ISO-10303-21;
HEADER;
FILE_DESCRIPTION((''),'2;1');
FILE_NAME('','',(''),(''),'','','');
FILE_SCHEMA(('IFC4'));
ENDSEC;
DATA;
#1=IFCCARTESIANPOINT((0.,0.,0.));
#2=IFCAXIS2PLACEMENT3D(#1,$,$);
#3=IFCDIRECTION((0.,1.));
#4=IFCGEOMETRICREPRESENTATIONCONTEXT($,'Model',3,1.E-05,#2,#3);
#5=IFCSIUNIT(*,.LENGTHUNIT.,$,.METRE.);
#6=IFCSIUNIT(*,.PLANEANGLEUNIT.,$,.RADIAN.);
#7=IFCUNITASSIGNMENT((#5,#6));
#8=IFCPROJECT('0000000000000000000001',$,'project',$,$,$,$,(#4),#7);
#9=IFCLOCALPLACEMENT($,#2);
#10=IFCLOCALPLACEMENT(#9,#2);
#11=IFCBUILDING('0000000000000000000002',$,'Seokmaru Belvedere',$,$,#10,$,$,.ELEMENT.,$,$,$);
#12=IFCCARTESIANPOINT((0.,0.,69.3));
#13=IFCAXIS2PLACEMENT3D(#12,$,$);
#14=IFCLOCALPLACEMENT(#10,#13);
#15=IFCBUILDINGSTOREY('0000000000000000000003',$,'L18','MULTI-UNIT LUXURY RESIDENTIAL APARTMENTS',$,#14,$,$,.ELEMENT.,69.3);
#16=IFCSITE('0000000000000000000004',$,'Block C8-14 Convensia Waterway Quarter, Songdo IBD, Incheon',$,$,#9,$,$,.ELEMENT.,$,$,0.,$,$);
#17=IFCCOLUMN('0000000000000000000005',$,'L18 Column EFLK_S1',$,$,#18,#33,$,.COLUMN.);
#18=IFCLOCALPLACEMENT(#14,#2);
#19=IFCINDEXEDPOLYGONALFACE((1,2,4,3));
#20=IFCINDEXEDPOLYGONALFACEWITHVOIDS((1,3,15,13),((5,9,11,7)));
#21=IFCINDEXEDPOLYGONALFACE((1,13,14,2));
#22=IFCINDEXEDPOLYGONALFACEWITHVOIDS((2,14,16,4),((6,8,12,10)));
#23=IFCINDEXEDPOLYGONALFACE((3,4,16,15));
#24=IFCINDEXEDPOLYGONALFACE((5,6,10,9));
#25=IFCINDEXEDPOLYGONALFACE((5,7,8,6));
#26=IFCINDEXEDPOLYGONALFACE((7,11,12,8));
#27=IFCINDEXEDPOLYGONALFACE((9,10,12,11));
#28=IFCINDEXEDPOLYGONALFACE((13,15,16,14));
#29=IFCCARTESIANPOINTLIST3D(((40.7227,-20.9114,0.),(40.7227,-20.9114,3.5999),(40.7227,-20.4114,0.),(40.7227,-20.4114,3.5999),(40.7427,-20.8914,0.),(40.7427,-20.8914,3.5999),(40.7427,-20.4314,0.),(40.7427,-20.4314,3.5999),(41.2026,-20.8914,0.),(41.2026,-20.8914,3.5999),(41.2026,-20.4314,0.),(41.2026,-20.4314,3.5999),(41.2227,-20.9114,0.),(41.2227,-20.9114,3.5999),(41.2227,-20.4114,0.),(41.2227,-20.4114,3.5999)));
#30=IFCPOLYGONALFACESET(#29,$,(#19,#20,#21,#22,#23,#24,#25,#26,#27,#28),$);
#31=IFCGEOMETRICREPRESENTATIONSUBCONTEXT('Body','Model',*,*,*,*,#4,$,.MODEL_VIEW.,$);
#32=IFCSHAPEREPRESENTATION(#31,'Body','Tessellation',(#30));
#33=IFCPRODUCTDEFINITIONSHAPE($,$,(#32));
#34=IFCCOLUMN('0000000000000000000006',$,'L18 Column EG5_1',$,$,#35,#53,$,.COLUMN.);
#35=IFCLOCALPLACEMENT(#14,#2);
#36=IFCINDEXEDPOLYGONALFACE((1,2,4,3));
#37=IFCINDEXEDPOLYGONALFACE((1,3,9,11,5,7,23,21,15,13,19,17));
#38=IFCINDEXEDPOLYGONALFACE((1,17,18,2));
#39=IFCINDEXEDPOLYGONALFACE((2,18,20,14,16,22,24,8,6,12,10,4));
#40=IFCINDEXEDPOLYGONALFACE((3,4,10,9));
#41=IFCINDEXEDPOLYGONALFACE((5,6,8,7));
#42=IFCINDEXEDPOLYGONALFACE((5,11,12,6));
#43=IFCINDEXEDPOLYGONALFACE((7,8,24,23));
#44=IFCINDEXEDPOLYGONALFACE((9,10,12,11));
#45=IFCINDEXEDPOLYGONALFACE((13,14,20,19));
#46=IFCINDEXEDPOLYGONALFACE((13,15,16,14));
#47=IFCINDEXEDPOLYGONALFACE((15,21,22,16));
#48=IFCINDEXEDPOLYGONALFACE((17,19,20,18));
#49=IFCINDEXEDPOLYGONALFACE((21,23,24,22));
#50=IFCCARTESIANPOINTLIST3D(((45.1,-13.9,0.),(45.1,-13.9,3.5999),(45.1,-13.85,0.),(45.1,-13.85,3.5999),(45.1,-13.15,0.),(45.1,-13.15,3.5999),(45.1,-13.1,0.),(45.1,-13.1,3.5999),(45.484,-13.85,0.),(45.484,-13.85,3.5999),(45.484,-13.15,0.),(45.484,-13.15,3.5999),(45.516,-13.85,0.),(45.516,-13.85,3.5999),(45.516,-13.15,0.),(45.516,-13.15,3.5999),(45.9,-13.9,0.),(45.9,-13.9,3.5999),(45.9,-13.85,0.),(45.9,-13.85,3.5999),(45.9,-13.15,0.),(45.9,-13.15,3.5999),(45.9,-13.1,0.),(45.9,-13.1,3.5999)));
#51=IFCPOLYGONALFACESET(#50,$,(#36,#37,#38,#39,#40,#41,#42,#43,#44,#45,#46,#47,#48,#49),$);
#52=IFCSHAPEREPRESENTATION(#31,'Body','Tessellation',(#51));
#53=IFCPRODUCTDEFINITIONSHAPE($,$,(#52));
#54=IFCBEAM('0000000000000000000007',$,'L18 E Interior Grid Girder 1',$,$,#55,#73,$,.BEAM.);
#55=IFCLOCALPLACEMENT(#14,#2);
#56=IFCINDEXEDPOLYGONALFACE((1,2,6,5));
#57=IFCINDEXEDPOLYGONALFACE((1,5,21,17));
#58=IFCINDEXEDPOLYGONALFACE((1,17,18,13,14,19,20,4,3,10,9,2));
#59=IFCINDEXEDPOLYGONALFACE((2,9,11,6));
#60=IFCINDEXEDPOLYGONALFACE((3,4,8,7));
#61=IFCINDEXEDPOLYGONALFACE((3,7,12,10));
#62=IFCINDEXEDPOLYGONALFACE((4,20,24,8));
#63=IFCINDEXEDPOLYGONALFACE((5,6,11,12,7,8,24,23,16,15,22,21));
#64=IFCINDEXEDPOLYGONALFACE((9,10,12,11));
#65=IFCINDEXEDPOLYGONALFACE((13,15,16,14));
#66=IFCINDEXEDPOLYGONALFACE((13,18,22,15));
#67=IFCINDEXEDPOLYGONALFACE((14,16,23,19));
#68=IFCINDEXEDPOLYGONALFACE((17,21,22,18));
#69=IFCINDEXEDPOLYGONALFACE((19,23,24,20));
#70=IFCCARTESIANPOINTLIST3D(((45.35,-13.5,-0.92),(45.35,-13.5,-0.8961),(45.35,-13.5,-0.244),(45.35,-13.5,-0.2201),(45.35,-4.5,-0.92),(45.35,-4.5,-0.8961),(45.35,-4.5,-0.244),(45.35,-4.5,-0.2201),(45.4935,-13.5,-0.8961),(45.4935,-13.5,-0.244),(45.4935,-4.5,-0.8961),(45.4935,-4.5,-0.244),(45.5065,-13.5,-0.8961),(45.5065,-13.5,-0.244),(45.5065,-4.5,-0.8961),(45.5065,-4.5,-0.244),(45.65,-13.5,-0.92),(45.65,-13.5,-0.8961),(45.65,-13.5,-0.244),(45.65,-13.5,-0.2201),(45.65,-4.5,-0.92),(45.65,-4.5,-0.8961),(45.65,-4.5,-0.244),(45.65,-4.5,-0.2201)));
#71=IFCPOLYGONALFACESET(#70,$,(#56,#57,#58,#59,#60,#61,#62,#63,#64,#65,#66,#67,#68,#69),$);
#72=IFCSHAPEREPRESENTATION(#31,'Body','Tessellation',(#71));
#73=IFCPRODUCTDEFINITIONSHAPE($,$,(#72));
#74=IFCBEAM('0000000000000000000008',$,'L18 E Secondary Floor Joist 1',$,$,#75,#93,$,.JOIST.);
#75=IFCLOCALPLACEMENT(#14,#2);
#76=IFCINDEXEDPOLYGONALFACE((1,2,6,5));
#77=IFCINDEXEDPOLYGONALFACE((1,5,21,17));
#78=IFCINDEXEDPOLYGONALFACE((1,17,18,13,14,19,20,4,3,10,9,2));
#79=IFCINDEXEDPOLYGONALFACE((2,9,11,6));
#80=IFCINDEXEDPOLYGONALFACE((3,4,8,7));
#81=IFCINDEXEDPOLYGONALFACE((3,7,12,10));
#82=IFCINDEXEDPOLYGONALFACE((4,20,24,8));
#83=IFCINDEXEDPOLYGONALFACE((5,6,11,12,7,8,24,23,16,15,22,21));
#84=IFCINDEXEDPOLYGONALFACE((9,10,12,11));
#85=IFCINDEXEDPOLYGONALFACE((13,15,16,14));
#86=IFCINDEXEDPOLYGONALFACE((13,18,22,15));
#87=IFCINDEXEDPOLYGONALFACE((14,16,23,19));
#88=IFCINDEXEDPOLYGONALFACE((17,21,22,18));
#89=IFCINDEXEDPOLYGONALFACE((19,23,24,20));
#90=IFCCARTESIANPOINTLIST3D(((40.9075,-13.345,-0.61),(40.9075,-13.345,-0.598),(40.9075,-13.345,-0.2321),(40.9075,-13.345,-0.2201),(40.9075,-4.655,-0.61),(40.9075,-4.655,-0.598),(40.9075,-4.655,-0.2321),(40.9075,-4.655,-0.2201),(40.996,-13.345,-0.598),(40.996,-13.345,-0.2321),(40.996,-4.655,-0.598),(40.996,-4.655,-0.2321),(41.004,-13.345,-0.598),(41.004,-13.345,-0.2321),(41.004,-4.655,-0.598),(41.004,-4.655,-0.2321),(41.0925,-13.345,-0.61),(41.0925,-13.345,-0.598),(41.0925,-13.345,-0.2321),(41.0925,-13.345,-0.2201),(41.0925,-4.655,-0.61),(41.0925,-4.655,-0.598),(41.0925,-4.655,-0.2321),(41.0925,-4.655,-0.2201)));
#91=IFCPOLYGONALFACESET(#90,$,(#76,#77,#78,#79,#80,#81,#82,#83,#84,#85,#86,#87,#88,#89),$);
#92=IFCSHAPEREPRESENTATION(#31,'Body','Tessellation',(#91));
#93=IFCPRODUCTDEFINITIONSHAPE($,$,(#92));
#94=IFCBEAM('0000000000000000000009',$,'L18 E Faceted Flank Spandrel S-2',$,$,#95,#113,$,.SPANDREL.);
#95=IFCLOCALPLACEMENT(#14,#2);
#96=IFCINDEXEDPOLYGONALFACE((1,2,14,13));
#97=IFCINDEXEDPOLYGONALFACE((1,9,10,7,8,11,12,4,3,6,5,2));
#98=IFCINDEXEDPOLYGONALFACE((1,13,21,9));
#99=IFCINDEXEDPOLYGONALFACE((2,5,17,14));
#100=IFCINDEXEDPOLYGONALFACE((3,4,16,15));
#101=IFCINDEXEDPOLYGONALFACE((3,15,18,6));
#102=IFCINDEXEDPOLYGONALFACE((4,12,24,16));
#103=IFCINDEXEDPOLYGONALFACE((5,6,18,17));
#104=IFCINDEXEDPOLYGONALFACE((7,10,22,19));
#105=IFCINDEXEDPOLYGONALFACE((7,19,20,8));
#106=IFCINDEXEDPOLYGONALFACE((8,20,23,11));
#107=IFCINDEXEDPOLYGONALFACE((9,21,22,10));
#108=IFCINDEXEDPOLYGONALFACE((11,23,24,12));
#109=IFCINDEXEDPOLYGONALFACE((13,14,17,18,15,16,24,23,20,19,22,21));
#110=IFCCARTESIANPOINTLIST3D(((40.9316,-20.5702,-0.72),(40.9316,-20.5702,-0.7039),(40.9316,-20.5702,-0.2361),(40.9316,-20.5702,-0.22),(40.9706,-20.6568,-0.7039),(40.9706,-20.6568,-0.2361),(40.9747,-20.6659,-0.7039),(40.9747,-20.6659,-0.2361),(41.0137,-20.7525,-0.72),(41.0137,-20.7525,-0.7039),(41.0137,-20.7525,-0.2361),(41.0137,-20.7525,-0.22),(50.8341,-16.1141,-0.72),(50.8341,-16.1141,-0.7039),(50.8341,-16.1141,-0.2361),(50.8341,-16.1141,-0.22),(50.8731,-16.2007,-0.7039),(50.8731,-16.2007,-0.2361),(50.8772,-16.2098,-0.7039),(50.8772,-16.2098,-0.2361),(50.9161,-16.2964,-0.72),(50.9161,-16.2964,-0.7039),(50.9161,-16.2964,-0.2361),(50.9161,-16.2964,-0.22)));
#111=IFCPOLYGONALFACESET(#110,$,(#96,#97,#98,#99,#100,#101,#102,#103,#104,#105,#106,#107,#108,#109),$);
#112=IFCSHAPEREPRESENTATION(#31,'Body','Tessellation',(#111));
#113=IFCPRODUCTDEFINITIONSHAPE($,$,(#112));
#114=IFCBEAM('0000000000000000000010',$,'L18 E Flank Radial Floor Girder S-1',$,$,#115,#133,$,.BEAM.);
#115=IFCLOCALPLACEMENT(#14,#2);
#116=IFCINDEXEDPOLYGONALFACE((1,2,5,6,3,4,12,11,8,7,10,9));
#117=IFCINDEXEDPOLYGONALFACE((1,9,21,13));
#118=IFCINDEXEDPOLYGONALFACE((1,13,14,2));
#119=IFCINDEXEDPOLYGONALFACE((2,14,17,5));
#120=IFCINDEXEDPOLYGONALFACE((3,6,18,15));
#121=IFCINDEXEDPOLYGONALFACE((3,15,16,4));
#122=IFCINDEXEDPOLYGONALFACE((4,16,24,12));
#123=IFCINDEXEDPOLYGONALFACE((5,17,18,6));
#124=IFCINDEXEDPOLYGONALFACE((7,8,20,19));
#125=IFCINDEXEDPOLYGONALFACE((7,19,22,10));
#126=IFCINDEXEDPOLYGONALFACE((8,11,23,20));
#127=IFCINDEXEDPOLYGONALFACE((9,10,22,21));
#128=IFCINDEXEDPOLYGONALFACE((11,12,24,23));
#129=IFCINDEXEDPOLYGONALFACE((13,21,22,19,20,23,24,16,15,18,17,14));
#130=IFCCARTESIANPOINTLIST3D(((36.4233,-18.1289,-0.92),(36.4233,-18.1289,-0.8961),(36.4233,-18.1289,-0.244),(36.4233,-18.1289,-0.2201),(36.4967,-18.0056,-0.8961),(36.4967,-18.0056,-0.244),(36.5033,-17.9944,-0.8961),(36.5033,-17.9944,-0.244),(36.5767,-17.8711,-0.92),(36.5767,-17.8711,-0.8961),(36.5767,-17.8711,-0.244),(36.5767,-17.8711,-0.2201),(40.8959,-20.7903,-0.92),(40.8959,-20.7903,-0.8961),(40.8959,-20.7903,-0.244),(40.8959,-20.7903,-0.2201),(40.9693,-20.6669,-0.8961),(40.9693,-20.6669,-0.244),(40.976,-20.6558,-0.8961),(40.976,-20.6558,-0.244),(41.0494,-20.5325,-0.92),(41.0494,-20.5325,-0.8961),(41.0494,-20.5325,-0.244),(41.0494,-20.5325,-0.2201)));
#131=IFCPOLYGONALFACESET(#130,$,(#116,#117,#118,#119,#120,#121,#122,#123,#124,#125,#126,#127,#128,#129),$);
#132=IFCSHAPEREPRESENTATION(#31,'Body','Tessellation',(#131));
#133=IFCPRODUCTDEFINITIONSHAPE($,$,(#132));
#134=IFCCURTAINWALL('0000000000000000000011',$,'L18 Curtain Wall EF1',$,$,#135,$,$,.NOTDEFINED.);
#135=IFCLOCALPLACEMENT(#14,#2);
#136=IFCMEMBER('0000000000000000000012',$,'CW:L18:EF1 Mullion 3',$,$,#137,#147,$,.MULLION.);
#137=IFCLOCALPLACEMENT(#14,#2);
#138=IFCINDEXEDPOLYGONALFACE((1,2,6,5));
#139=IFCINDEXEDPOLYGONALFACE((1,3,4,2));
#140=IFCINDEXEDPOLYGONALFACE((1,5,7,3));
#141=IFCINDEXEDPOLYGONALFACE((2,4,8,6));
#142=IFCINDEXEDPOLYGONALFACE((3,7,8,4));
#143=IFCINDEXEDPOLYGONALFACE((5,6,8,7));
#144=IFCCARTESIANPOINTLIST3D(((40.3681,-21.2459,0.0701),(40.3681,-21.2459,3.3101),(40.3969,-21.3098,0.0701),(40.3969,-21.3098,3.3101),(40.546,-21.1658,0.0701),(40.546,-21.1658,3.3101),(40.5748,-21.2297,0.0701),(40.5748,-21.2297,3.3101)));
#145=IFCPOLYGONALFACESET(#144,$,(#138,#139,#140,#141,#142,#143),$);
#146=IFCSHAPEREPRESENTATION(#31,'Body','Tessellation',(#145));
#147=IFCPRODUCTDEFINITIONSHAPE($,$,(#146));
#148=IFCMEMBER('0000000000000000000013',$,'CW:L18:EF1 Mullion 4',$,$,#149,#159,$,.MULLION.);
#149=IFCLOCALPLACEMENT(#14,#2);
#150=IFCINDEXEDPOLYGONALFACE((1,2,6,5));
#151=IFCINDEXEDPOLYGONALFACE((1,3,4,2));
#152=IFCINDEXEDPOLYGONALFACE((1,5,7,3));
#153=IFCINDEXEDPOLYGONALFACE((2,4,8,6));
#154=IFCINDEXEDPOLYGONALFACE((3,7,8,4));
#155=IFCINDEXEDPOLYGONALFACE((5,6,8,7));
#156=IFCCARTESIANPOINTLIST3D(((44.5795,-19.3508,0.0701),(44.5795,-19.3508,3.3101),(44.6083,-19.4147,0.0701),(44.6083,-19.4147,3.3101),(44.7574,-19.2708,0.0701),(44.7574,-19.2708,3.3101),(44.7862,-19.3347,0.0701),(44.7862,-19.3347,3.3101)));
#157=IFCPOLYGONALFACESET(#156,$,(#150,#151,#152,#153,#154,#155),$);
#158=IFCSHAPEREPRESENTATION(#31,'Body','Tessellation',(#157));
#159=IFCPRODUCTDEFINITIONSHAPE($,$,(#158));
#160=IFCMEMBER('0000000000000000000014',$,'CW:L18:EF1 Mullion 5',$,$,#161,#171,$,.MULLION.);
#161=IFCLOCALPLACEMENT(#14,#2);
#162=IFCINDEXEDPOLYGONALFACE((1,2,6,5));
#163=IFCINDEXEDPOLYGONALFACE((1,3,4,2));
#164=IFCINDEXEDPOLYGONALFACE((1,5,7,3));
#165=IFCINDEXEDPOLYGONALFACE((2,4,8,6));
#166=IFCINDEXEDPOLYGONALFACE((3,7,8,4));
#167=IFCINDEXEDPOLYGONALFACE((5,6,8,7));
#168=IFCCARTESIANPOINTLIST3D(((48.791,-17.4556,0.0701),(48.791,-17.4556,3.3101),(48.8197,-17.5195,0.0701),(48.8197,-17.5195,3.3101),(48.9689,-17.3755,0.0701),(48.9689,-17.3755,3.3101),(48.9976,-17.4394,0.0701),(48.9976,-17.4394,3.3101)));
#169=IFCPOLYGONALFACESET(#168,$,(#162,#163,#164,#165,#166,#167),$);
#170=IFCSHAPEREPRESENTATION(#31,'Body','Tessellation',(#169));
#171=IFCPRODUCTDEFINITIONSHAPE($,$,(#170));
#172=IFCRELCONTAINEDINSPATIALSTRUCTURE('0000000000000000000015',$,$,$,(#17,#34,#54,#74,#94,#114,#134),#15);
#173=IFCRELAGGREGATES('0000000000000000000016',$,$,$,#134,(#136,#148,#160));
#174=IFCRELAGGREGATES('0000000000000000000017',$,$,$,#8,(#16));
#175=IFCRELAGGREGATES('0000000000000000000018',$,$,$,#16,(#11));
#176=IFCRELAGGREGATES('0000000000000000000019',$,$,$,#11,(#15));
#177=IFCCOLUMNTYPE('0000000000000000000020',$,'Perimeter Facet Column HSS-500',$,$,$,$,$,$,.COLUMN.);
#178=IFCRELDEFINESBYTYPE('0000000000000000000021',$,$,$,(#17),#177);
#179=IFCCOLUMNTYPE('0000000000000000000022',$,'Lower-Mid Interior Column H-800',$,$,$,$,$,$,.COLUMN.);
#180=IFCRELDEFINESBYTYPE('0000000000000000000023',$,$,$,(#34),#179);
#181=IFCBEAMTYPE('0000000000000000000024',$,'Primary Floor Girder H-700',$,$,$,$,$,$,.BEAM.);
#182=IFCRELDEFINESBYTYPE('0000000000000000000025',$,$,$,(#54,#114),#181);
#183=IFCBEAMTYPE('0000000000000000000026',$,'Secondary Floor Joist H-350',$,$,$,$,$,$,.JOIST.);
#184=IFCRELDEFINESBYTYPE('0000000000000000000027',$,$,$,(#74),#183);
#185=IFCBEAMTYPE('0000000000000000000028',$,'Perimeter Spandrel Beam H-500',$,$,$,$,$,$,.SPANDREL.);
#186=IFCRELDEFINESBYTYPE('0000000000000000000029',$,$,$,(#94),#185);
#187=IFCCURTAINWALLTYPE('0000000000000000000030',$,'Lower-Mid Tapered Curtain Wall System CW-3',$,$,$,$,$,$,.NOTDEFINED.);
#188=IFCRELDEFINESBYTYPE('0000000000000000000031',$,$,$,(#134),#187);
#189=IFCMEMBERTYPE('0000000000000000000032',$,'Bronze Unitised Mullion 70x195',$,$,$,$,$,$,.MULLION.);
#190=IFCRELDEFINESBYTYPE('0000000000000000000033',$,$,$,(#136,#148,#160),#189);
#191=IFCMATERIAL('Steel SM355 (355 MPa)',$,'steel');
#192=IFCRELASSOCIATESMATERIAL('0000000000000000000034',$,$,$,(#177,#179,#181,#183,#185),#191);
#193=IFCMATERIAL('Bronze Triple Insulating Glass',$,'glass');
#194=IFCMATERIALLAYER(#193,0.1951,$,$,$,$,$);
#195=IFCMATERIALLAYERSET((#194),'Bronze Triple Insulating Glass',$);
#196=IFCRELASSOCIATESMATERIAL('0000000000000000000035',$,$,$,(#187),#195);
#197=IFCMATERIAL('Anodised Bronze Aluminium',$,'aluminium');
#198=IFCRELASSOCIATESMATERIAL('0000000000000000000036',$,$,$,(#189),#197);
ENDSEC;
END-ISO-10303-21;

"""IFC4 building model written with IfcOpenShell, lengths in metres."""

from ifc_helpers import new_model, si_unit, direction, frame, origin, origin_2d, place, context, subcontext, project, spatial, rectangle, hollow_rectangle, i_section, extrude, source, transform, mapped, material, layer, layer_set, material_profile, profile_set, type_object, type_shapes, element, aggregate, save


model = new_model("IFC4")

# Units and contexts
model_context = context("Model", 3, precision=1e-05, world=origin(), true_north=direction((0.0, 1.0)))
body_context = subcontext(model_context, "Body", "Model", "MODEL_VIEW")
ifc_project = project(units=[si_unit("LENGTHUNIT", "METRE"), si_unit("PLANEANGLEUNIT", "RADIAN")], contexts=[model_context])

# Site, building, storey
site_placement = place(None, origin())
site = spatial("IfcSite", under=ifc_project, at=site_placement, Name="Block C8-14 Convensia Waterway Quarter, Songdo IBD, Incheon", CompositionType="ELEMENT", RefElevation=0.0)
building_placement = place(site_placement, origin())
building = spatial("IfcBuilding", under=site, at=building_placement, Name="Seokmaru Belvedere", CompositionType="ELEMENT")
storey_placement = place(building_placement, frame((0.0, 0.0, 69.3)))
storey = spatial("IfcBuildingStorey", under=building, at=storey_placement, Name="L18", Description="MULTI-UNIT LUXURY RESIDENTIAL APARTMENTS", CompositionType="ELEMENT", Elevation=69.3)

# Columns
ifc_material_1 = material(Name="Steel SM355 (355 MPa)", Category="steel")
ifc_material_profile_1 = material_profile(ifc_material_1, hollow_rectangle(XDim=0.5, YDim=0.5, WallThickness=0.02, at=origin_2d()), Name="HSS-500x500x20")
ifc_profile_set_1 = profile_set([ifc_material_profile_1], Name="Steel SM355 (355 MPa)")
column_type_1 = type_object("IfcColumnType", Name="Perimeter Facet Column HSS-500", PredefinedType="COLUMN", material=ifc_profile_set_1)
shared_shape_1 = source(origin(), body_context, "Body", "SweptSolid", [
    extrude(hollow_rectangle(XDim=0.5, YDim=0.5, WallThickness=0.02, at=origin_2d()), origin(), (0.0, 0.0, 1.0), 3.5999),
])
type_shapes(column_type_1, [shared_shape_1])
column_1_placement = place(storey_placement, frame((40.9727, -20.6614, 0.0), z_axis=(0.0, 0.0, 1.0), x_axis=(1.0, 0.0, 0.0)))
element("IfcColumn", 1, at=column_1_placement, inside=storey, type_object=column_type_1, Name="L18 Column EFLK_S1", PredefinedType="COLUMN", context=body_context, shape_type="MappedRepresentation", body=[
    mapped(shared_shape_1, transform((0.0, 0.0, 0.0), scale=1.0)),
])
ifc_material_profile_2 = material_profile(ifc_material_1, i_section(OverallWidth=0.8, OverallDepth=0.8, WebThickness=0.032, FlangeThickness=0.05, at=origin_2d()), Name="H-800x800x32x50")
ifc_profile_set_2 = profile_set([ifc_material_profile_2], Name="Steel SM355 (355 MPa)")
column_type_2 = type_object("IfcColumnType", Name="Lower-Mid Interior Column H-800", PredefinedType="COLUMN", material=ifc_profile_set_2)
shared_shape_2 = source(origin(), body_context, "Body", "SweptSolid", [
    extrude(i_section(OverallWidth=0.8, OverallDepth=0.8, WebThickness=0.032, FlangeThickness=0.05, at=origin_2d()), origin(), (0.0, 0.0, 1.0), 3.5999),
])
type_shapes(column_type_2, [shared_shape_2])
column_2_placement = place(storey_placement, frame((45.5, -13.5, 0.0), z_axis=(0.0, 0.0, 1.0), x_axis=(1.0, 0.0, 0.0)))
element("IfcColumn", 2, at=column_2_placement, inside=storey, type_object=column_type_2, Name="L18 Column EG5_1", PredefinedType="COLUMN", context=body_context, shape_type="MappedRepresentation", body=[
    mapped(shared_shape_2, transform((0.0, 0.0, 0.0), scale=1.0)),
])

# Beams
ifc_material_profile_3 = material_profile(ifc_material_1, i_section(OverallWidth=0.3, OverallDepth=0.7, WebThickness=0.0129, FlangeThickness=0.0239, at=origin_2d()), Name="H-700x300x13x24")
ifc_profile_set_3 = profile_set([ifc_material_profile_3], Name="Steel SM355 (355 MPa)")
beam_type_1 = type_object("IfcBeamType", Name="Primary Floor Girder H-700", PredefinedType="BEAM", material=ifc_profile_set_3)
shared_shape_3 = source(origin(), body_context, "Body", "SweptSolid", [
    extrude(i_section(OverallWidth=0.3, OverallDepth=0.7, WebThickness=0.0129, FlangeThickness=0.0239, at=origin_2d()), origin(), (0.0, 0.0, 1.0), 9.0),
])
beam_1_placement = place(storey_placement, frame((45.5, -13.5, -0.5701), z_axis=(0.0, 1.0, 0.0), x_axis=(-1.0, 0.0, 0.0)))
element("IfcBeam", 3, at=beam_1_placement, inside=storey, type_object=beam_type_1, Name="L18 E Interior Grid Girder 1", PredefinedType="BEAM", context=body_context, shape_type="MappedRepresentation", body=[
    mapped(shared_shape_3, transform((0.0, 0.0, 0.0), scale=1.0)),
])
ifc_material_profile_4 = material_profile(ifc_material_1, i_section(OverallWidth=0.1851, OverallDepth=0.3899, WebThickness=0.0081, FlangeThickness=0.012, at=origin_2d()), Name="H-390x185x8x12")
ifc_profile_set_4 = profile_set([ifc_material_profile_4], Name="Steel SM355 (355 MPa)")
beam_type_2 = type_object("IfcBeamType", Name="Secondary Floor Joist H-350", PredefinedType="JOIST", material=ifc_profile_set_4)
shared_shape_4 = source(origin(), body_context, "Body", "SweptSolid", [
    extrude(i_section(OverallWidth=0.1851, OverallDepth=0.3899, WebThickness=0.0081, FlangeThickness=0.012, at=origin_2d()), origin(), (0.0, 0.0, 1.0), 8.6899),
])
type_shapes(beam_type_2, [shared_shape_4])
beam_2_placement = place(storey_placement, frame((41.0, -13.345, -0.415), z_axis=(0.0, 1.0, 0.0), x_axis=(-1.0, 0.0, 0.0)))
element("IfcBeam", 4, at=beam_2_placement, inside=storey, type_object=beam_type_2, Name="L18 E Secondary Floor Joist 1", PredefinedType="JOIST", context=body_context, shape_type="MappedRepresentation", body=[
    mapped(shared_shape_4, transform((0.0, 0.0, 0.0), scale=1.0)),
])
ifc_material_profile_5 = material_profile(ifc_material_1, i_section(OverallWidth=0.2, OverallDepth=0.5, WebThickness=0.01, FlangeThickness=0.0161, at=origin_2d()), Name="H-500x200x10x16")
ifc_profile_set_5 = profile_set([ifc_material_profile_5], Name="Steel SM355 (355 MPa)")
beam_type_3 = type_object("IfcBeamType", Name="Perimeter Spandrel Beam H-500", PredefinedType="SPANDREL", material=ifc_profile_set_5)
shared_shape_5 = source(origin(), body_context, "Body", "SweptSolid", [
    extrude(i_section(OverallWidth=0.2, OverallDepth=0.5, WebThickness=0.01, FlangeThickness=0.0161, at=origin_2d()), origin(), (0.0, 0.0, 1.0), 10.8589),
])
type_shapes(beam_type_3, [shared_shape_5])
beam_3_placement = place(storey_placement, frame((40.9727, -20.6614, -0.47), z_axis=(0.911922, 0.410365, 0.0), x_axis=(-0.410365, 0.911922, 0.0)))
element("IfcBeam", 5, at=beam_3_placement, inside=storey, type_object=beam_type_3, Name="L18 E Faceted Flank Spandrel S-2", PredefinedType="SPANDREL", context=body_context, shape_type="MappedRepresentation", body=[
    mapped(shared_shape_5, transform((0.0, 0.0, 0.0), scale=1.0)),
])
shared_shape_6 = source(origin(), body_context, "Body", "SweptSolid", [
    extrude(i_section(OverallWidth=0.3, OverallDepth=0.7, WebThickness=0.0129, FlangeThickness=0.0239, at=origin_2d()), origin(), (0.0, 0.0, 1.0), 5.2046),
])
type_shapes(beam_type_1, [shared_shape_3, shared_shape_6])
beam_4_placement = place(storey_placement, frame((40.9727, -20.6614, -0.5701), z_axis=(-0.85937, 0.511354, 0.0), x_axis=(-0.511354, -0.85937, 0.0)))
element("IfcBeam", 6, at=beam_4_placement, inside=storey, type_object=beam_type_1, Name="L18 E Flank Radial Floor Girder S-1", PredefinedType="BEAM", context=body_context, shape_type="MappedRepresentation", body=[
    mapped(shared_shape_6, transform((0.0, 0.0, 0.0), scale=1.0)),
])

# Curtain wall, members
ifc_material_2 = material(Name="Bronze Triple Insulating Glass", Category="glass")
ifc_layer_1 = layer(ifc_material_2, 0.1951)
ifc_layer_set_1 = layer_set([ifc_layer_1], Name="Bronze Triple Insulating Glass")
curtain_wall_type = type_object("IfcCurtainWallType", Name="Lower-Mid Tapered Curtain Wall System CW-3", PredefinedType="NOTDEFINED", material=ifc_layer_set_1)
curtain_wall_placement = place(storey_placement, origin())
curtain_wall = element("IfcCurtainWall", 7, at=curtain_wall_placement, inside=storey, type_object=curtain_wall_type, Name="L18 Curtain Wall EF1", PredefinedType="NOTDEFINED")
ifc_material_3 = material(Name="Anodised Bronze Aluminium", Category="aluminium")
ifc_material_profile_6 = material_profile(ifc_material_3, rectangle(XDim=0.0701, YDim=0.1951, at=origin_2d()), Name="CW-M-70x195")
ifc_profile_set_6 = profile_set([ifc_material_profile_6], Name="Anodised Bronze Aluminium")
member_type = type_object("IfcMemberType", Name="Bronze Unitised Mullion 70x195", PredefinedType="MULLION", material=ifc_profile_set_6)
shared_shape_7 = source(origin(), body_context, "Body", "SweptSolid", [
    extrude(rectangle(XDim=0.0701, YDim=0.1951, at=origin_2d()), origin(), (0.0, 0.0, 1.0), 3.24),
])
type_shapes(member_type, [shared_shape_7])
member_1_placement = place(storey_placement, frame((40.4714, -21.2378, 0.0701), z_axis=(0.0, 0.0, 1.0), x_axis=(-0.410366, 0.911921, 0.0)))
member_1 = element("IfcMember", 8, at=member_1_placement, type_object=member_type, Name="CW:L18:EF1 Mullion 3", PredefinedType="MULLION", context=body_context, shape_type="MappedRepresentation", body=[
    mapped(shared_shape_7, transform((0.0, 0.0, 0.0), scale=1.0)),
])
member_2_placement = place(storey_placement, frame((44.6829, -19.3428, 0.0701), z_axis=(0.0, 0.0, 1.0), x_axis=(-0.410366, 0.911921, 0.0)))
member_2 = element("IfcMember", 9, at=member_2_placement, type_object=member_type, Name="CW:L18:EF1 Mullion 4", PredefinedType="MULLION", context=body_context, shape_type="MappedRepresentation", body=[
    mapped(shared_shape_7, transform((0.0, 0.0, 0.0), scale=1.0)),
])
member_3_placement = place(storey_placement, frame((48.8943, -17.4475, 0.0701), z_axis=(0.0, 0.0, 1.0), x_axis=(-0.410366, 0.911921, 0.0)))
member_3 = element("IfcMember", 10, at=member_3_placement, type_object=member_type, Name="CW:L18:EF1 Mullion 5", PredefinedType="MULLION", context=body_context, shape_type="MappedRepresentation", body=[
    mapped(shared_shape_7, transform((0.0, 0.0, 0.0), scale=1.0)),
])
aggregate(curtain_wall, [member_1, member_2, member_3])

save(model, "model.ifc")
